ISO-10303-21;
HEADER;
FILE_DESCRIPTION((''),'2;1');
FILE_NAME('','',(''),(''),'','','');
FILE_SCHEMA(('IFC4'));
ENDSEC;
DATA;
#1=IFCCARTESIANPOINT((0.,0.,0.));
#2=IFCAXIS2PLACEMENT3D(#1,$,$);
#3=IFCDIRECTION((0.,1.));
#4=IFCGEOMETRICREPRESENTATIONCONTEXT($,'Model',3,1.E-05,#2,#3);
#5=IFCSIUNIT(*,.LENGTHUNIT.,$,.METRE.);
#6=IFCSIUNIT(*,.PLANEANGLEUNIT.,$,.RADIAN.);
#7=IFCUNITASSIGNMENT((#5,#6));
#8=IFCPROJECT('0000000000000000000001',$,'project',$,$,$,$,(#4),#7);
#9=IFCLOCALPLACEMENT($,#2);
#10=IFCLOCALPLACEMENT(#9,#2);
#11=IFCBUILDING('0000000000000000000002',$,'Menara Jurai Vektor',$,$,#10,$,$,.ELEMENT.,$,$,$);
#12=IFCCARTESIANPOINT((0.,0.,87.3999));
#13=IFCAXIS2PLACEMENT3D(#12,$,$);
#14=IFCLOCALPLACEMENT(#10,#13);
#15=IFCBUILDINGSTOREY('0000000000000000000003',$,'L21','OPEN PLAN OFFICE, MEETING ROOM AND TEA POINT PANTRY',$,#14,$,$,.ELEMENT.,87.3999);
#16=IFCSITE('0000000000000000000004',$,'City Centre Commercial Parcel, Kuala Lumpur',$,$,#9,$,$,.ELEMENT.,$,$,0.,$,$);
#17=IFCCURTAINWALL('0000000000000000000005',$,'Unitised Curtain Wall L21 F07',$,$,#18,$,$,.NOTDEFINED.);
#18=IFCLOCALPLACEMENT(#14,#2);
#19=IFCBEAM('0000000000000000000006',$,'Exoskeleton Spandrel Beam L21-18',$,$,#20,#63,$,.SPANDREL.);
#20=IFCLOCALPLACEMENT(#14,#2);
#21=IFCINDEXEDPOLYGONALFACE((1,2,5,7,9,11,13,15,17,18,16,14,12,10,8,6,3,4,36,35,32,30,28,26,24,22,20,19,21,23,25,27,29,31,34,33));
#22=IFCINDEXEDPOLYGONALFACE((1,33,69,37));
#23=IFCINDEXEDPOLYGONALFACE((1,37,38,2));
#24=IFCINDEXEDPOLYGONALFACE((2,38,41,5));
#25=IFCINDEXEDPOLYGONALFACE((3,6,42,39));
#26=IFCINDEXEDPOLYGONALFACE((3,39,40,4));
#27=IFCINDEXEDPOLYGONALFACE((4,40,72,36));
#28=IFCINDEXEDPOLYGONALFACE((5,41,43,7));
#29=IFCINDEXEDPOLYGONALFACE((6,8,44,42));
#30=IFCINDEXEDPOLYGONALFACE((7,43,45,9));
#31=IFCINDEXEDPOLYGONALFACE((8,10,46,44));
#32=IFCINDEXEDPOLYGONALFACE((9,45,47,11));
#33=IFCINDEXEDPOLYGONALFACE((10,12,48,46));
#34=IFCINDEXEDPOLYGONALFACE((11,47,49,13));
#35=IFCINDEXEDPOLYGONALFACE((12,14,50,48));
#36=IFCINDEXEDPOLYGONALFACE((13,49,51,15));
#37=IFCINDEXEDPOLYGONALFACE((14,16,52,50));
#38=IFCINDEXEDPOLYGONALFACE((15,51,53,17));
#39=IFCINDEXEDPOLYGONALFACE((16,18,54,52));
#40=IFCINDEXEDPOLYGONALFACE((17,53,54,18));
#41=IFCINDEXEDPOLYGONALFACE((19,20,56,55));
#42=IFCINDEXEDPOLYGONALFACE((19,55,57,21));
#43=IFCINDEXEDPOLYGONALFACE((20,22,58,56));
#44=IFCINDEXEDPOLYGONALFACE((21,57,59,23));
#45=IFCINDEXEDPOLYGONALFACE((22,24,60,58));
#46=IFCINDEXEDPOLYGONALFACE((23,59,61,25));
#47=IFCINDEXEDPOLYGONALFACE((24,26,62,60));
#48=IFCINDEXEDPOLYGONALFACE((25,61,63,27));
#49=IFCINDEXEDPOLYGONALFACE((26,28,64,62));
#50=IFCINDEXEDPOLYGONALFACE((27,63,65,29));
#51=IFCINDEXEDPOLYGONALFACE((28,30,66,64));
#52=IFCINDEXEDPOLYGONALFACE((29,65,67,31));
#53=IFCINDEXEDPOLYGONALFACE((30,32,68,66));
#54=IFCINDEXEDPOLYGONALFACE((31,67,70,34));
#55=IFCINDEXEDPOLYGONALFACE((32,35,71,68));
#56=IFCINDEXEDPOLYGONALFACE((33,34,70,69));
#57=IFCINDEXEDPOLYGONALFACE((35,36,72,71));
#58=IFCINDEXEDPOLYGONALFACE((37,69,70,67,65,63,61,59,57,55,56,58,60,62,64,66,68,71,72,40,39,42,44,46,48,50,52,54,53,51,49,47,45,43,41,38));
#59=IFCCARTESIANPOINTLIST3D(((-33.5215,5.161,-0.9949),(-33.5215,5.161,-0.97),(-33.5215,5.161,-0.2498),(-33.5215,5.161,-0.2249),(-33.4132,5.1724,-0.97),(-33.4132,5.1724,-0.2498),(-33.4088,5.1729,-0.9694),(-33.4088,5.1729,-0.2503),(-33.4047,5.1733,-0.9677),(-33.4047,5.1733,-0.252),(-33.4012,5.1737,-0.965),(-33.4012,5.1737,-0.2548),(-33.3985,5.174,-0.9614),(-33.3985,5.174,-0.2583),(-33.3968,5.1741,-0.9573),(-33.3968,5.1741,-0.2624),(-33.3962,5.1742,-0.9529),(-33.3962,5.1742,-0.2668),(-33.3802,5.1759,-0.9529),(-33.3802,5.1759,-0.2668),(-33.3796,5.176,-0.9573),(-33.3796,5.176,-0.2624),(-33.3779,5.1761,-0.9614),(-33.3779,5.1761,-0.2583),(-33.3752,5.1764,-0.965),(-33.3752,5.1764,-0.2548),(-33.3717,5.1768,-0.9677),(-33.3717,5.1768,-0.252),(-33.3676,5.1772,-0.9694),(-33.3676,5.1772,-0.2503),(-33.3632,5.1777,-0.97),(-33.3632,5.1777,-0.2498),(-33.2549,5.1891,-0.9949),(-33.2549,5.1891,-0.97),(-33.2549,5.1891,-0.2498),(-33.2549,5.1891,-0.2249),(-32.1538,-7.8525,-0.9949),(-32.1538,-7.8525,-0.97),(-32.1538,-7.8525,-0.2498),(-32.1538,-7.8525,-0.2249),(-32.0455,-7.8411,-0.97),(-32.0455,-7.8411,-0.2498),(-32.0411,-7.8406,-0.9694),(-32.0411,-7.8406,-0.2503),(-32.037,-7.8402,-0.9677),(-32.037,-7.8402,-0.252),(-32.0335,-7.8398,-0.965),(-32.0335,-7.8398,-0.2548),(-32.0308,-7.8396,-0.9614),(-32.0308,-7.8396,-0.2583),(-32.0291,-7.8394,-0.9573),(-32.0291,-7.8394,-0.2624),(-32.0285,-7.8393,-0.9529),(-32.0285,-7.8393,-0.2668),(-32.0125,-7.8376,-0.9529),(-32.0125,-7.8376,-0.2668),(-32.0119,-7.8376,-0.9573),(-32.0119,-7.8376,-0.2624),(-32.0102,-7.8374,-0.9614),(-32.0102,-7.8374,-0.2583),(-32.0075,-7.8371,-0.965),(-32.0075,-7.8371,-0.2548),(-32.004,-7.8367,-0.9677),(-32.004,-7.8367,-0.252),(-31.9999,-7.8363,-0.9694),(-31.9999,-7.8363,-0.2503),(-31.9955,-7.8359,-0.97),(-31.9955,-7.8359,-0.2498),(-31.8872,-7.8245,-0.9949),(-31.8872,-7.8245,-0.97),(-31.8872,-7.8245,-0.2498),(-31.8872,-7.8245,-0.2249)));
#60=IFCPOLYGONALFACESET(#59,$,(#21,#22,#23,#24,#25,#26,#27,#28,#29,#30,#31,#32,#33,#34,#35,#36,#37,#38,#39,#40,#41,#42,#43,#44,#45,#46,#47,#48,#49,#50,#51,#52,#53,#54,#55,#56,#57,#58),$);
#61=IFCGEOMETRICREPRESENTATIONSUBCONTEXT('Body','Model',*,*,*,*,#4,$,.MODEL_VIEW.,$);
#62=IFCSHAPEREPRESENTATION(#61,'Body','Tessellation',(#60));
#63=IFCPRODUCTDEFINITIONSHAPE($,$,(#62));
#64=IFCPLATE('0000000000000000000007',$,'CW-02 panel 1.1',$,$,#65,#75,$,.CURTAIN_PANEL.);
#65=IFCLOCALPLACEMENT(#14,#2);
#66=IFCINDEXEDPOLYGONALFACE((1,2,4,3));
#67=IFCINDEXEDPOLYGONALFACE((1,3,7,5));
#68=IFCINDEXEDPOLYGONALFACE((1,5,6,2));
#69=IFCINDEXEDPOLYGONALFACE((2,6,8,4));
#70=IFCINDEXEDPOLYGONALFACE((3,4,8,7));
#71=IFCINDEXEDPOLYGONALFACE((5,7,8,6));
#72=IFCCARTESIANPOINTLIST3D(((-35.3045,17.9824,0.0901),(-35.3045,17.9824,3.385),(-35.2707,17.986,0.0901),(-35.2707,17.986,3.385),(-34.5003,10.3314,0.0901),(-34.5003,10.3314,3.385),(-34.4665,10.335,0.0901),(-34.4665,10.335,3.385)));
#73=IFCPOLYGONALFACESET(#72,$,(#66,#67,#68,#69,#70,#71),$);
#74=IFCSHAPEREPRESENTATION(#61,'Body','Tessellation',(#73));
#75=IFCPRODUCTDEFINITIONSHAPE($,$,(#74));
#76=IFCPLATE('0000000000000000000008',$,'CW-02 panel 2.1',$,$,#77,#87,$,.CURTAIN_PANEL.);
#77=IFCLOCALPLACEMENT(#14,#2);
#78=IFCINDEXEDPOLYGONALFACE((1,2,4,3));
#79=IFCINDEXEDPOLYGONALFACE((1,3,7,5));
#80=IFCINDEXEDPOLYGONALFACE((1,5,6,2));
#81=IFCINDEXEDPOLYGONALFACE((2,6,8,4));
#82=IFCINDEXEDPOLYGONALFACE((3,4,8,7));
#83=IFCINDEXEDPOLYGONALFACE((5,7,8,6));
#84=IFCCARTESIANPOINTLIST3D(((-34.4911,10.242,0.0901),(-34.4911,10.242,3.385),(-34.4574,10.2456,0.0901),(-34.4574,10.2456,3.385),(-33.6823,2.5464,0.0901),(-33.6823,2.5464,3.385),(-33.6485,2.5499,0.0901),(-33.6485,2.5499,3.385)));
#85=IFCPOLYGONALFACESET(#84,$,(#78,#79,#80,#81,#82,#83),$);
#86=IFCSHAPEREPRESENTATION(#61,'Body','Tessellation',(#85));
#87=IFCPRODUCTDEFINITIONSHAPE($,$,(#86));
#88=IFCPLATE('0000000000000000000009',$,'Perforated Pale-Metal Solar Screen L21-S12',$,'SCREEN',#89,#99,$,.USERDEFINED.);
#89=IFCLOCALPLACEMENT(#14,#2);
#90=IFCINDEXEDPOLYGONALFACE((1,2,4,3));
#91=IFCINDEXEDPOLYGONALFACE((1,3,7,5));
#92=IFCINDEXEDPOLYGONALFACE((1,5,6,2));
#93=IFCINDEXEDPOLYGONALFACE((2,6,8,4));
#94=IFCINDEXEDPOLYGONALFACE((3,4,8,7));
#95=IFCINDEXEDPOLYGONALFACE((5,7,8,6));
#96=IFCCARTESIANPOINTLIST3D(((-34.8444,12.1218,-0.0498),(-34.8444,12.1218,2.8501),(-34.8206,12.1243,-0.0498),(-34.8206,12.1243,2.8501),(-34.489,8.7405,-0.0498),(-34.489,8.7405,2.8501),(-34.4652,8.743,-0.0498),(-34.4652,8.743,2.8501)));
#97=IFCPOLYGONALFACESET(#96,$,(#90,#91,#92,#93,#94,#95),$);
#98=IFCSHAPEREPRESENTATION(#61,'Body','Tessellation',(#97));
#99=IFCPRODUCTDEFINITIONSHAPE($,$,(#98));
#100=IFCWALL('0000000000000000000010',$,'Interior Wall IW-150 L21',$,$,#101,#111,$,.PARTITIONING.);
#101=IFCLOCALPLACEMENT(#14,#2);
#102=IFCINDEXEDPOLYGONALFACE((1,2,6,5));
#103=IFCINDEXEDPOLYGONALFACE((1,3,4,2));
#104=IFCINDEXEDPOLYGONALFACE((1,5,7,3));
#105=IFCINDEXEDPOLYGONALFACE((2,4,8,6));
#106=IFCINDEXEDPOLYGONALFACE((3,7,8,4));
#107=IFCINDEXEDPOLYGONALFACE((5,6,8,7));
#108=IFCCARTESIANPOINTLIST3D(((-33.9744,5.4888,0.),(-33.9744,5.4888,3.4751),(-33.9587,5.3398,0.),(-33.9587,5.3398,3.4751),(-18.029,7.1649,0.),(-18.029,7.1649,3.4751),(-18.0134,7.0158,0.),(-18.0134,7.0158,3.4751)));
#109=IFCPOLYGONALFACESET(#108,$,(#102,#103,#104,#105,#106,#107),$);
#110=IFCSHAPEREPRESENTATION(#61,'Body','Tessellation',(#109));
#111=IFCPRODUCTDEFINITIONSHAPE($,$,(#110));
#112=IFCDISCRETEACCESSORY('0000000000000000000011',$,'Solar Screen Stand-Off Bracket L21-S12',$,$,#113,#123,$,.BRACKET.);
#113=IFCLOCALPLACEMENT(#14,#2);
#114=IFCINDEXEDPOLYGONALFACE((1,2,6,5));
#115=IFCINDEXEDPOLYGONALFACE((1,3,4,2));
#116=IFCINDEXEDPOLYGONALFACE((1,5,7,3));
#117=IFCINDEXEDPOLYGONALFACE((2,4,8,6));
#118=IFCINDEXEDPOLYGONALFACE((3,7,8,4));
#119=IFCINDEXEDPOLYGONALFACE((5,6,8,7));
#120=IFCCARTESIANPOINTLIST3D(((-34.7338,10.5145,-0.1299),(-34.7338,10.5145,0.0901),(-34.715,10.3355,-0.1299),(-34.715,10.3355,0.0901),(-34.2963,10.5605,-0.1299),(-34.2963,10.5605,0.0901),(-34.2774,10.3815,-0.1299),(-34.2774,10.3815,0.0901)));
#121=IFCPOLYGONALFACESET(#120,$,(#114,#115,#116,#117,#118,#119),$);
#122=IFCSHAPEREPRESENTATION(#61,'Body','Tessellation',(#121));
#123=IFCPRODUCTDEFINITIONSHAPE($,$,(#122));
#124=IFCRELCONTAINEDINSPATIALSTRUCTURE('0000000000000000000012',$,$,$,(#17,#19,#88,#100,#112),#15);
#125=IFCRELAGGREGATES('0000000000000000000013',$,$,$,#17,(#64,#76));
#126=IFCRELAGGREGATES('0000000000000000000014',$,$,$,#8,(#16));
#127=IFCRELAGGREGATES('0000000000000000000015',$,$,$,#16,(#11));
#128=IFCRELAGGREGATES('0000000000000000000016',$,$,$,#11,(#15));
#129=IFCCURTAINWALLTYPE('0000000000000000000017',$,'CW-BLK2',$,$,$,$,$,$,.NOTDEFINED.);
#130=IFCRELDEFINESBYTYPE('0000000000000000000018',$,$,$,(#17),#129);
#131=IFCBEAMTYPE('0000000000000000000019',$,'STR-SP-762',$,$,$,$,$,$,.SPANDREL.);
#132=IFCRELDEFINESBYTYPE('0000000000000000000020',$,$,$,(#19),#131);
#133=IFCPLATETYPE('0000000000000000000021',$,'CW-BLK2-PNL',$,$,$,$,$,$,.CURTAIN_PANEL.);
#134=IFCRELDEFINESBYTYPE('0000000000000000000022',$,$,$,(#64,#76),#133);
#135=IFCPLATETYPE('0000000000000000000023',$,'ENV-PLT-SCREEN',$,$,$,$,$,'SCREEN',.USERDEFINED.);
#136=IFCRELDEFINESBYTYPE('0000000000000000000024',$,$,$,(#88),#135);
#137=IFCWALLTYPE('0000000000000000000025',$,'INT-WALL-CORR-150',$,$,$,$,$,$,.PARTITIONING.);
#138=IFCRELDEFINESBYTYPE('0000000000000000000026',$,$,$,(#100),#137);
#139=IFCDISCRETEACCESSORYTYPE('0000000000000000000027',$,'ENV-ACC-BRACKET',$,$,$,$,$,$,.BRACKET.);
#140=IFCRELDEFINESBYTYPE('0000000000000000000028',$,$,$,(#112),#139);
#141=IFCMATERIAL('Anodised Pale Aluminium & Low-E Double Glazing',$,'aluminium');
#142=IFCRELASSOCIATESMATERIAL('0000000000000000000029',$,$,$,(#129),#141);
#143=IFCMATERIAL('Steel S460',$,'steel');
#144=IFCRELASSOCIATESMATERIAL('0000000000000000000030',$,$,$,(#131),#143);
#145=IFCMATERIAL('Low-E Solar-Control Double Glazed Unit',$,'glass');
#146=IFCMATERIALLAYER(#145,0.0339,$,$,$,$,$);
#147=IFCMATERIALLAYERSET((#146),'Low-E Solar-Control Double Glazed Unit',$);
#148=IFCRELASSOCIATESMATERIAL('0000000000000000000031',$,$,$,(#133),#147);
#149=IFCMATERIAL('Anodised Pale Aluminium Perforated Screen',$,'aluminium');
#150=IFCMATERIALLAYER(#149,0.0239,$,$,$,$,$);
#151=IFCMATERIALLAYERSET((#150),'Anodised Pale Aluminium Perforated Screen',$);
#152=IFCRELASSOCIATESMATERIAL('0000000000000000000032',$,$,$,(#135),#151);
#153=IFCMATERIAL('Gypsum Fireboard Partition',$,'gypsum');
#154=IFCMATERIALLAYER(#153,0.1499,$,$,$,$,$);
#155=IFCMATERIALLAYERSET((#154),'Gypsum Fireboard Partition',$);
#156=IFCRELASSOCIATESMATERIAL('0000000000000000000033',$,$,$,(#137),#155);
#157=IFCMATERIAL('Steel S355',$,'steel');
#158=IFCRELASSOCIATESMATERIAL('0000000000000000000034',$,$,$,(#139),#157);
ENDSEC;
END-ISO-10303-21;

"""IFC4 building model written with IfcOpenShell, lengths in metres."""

from ifc_helpers import new_model, si_unit, direction, frame, frame_2d, origin, origin_2d, place, context, subcontext, project, spatial, rectangle, i_section, extrude, material, layer, layer_set, material_profile, profile_set, type_object, element, aggregate, save


model = new_model("IFC4")

# Units and contexts
model_context = context("Model", 3, precision=1e-05, world=origin(), true_north=direction((0.0, 1.0)))
body_context = subcontext(model_context, "Body", "Model", "MODEL_VIEW")
ifc_project = project(units=[si_unit("LENGTHUNIT", "METRE"), si_unit("PLANEANGLEUNIT", "RADIAN")], contexts=[model_context])

# Site, building, storey
site_placement = place(None, origin())
site = spatial("IfcSite", under=ifc_project, at=site_placement, Name="City Centre Commercial Parcel, Kuala Lumpur", CompositionType="ELEMENT", RefElevation=0.0)
building_placement = place(site_placement, origin())
building = spatial("IfcBuilding", under=site, at=building_placement, Name="Menara Jurai Vektor", CompositionType="ELEMENT")
storey_placement = place(building_placement, frame((0.0, 0.0, 87.3999)))
storey = spatial("IfcBuildingStorey", under=building, at=storey_placement, Name="L21", Description="OPEN PLAN OFFICE, MEETING ROOM AND TEA POINT PANTRY", CompositionType="ELEMENT", Elevation=87.3999)

# Shared definitions
ifc_material_1 = material(Name="Steel S460", Category="steel")

# Curtain wall
ifc_material_2 = material(Name="Anodised Pale Aluminium & Low-E Double Glazing", Category="aluminium")
curtain_wall_type = type_object("IfcCurtainWallType", Name="CW-BLK2", PredefinedType="NOTDEFINED", material=ifc_material_2)
curtain_wall_placement = place(storey_placement, origin())
curtain_wall = element("IfcCurtainWall", 1, at=curtain_wall_placement, inside=storey, type_object=curtain_wall_type, Name="Unitised Curtain Wall L21 F07", PredefinedType="NOTDEFINED")

# Beam
ifc_material_3 = material(Name="Steel S355", Category="steel")
ifc_material_profile_1 = material_profile(ifc_material_1, i_section(OverallWidth=0.2681, OverallDepth=0.77, WebThickness=0.0161, FlangeThickness=0.0249, FilletRadius=0.0171, at=origin_2d()), Name="UKB 762x267x197")
ifc_profile_set_1 = profile_set([ifc_material_profile_1], Name="Steel S460")
beam_type_1 = type_object("IfcBeamType", Name="STR-SP-762", PredefinedType="SPANDREL", material=ifc_profile_set_1)
beam_1_placement = place(storey_placement, frame((-33.3882, 5.175, -0.6099), z_axis=(0.104522, -0.994523, 0.0), x_axis=(0.994523, 0.104522, 0.0)))
element("IfcBeam", 2, at=beam_1_placement, inside=storey, type_object=beam_type_1, Name="Exoskeleton Spandrel Beam L21-18", PredefinedType="SPANDREL", context=body_context, shape_type="SweptSolid", body=[
    extrude(i_section(OverallWidth=0.2681, OverallDepth=0.77, WebThickness=0.0161, FlangeThickness=0.0249, FilletRadius=0.0171, at=origin_2d()), origin(), (0.0, 0.0, 1.0), 13.0852),
])

# Plates
ifc_material_4 = material(Name="Low-E Solar-Control Double Glazed Unit", Category="glass")
ifc_layer_1 = layer(ifc_material_4, 0.0339)
ifc_layer_set_1 = layer_set([ifc_layer_1], Name="Low-E Solar-Control Double Glazed Unit")
plate_type_1 = type_object("IfcPlateType", Name="CW-BLK2-PNL", PredefinedType="CURTAIN_PANEL", material=ifc_layer_set_1)
plate_1_placement = place(storey_placement, frame((-34.8855, 14.1587, 0.0901), z_axis=(0.0, 0.0, 1.0), x_axis=(0.10453, -0.994522, 0.0)))
plate_1 = element("IfcPlate", 3, at=plate_1_placement, type_object=plate_type_1, Name="CW-02 panel 1.1", PredefinedType="CURTAIN_PANEL", context=body_context, shape_type="SweptSolid", body=[
    extrude(rectangle(XDim=7.6931, YDim=0.0339, at=origin_2d()), origin(), (0.0, 0.0, 1.0), 3.2949),
])
plate_2_placement = place(storey_placement, frame((-34.0698, 6.396, 0.0901), z_axis=(0.0, 0.0, 1.0), x_axis=(0.10453, -0.994522, 0.0)))
plate_2 = element("IfcPlate", 4, at=plate_2_placement, type_object=plate_type_1, Name="CW-02 panel 2.1", PredefinedType="CURTAIN_PANEL", context=body_context, shape_type="SweptSolid", body=[
    extrude(rectangle(XDim=7.738, YDim=0.0339, at=origin_2d()), origin(), (0.0, 0.0, 1.0), 3.2949),
])
aggregate(curtain_wall, [plate_1, plate_2])
ifc_material_5 = material(Name="Anodised Pale Aluminium Perforated Screen", Category="aluminium")
ifc_layer_2 = layer(ifc_material_5, 0.0239)
ifc_layer_set_2 = layer_set([ifc_layer_2], Name="Anodised Pale Aluminium Perforated Screen")
plate_type_2 = type_object("IfcPlateType", Name="ENV-PLT-SCREEN", ElementType="SCREEN", PredefinedType="USERDEFINED", material=ifc_layer_set_2)
plate_3_placement = place(storey_placement, frame((-34.6548, 10.4324, -0.0498), z_axis=(0.0, 0.0, 1.0), x_axis=(0.104528, -0.994522, 0.0)))
element("IfcPlate", 5, at=plate_3_placement, inside=storey, type_object=plate_type_2, Name="Perforated Pale-Metal Solar Screen L21-S12", ObjectType="SCREEN", PredefinedType="USERDEFINED", context=body_context, shape_type="SweptSolid", body=[
    extrude(rectangle(XDim=3.3999, YDim=0.0239, at=origin_2d()), origin(), (0.0, 0.0, 1.0), 2.8999),
])

# Wall
ifc_material_6 = material(Name="Gypsum Fireboard Partition", Category="gypsum")
ifc_layer_3 = layer(ifc_material_6, 0.1499)
ifc_layer_set_3 = layer_set([ifc_layer_3], Name="Gypsum Fireboard Partition")
wall_type = type_object("IfcWallType", Name="INT-WALL-CORR-150", PredefinedType="PARTITIONING", material=ifc_layer_set_3)
wall_placement = place(storey_placement, frame((-33.9666, 5.4143, 0.0), z_axis=(0.0, 0.0, 1.0), x_axis=(0.994521, 0.104535, 0.0)))
element("IfcWall", 6, at=wall_placement, inside=storey, type_object=wall_type, Name="Interior Wall IW-150 L21", PredefinedType="PARTITIONING", context=body_context, shape_type="SweptSolid", body=[
    extrude(rectangle(XDim=16.0332, YDim=0.1499, at=frame_2d((8.0166, 0.0))), origin(), (0.0, 0.0, 1.0), 3.4751),
])

# Discrete accessory
discrete_accessory_type = type_object("IfcDiscreteAccessoryType", Name="ENV-ACC-BRACKET", PredefinedType="BRACKET", material=ifc_material_3)
discrete_accessory_placement = place(storey_placement, frame((-34.5056, 10.448, -0.1299), z_axis=(0.0, 0.0, 1.0), x_axis=(0.104528, -0.994522, 0.0)))
element("IfcDiscreteAccessory", 7, at=discrete_accessory_placement, inside=storey, type_object=discrete_accessory_type, Name="Solar Screen Stand-Off Bracket L21-S12", PredefinedType="BRACKET", context=body_context, shape_type="SweptSolid", body=[
    extrude(rectangle(XDim=0.1799, YDim=0.4399, at=origin_2d()), origin(), (0.0, 0.0, 1.0), 0.22),
])

save(model, "model.ifc")
